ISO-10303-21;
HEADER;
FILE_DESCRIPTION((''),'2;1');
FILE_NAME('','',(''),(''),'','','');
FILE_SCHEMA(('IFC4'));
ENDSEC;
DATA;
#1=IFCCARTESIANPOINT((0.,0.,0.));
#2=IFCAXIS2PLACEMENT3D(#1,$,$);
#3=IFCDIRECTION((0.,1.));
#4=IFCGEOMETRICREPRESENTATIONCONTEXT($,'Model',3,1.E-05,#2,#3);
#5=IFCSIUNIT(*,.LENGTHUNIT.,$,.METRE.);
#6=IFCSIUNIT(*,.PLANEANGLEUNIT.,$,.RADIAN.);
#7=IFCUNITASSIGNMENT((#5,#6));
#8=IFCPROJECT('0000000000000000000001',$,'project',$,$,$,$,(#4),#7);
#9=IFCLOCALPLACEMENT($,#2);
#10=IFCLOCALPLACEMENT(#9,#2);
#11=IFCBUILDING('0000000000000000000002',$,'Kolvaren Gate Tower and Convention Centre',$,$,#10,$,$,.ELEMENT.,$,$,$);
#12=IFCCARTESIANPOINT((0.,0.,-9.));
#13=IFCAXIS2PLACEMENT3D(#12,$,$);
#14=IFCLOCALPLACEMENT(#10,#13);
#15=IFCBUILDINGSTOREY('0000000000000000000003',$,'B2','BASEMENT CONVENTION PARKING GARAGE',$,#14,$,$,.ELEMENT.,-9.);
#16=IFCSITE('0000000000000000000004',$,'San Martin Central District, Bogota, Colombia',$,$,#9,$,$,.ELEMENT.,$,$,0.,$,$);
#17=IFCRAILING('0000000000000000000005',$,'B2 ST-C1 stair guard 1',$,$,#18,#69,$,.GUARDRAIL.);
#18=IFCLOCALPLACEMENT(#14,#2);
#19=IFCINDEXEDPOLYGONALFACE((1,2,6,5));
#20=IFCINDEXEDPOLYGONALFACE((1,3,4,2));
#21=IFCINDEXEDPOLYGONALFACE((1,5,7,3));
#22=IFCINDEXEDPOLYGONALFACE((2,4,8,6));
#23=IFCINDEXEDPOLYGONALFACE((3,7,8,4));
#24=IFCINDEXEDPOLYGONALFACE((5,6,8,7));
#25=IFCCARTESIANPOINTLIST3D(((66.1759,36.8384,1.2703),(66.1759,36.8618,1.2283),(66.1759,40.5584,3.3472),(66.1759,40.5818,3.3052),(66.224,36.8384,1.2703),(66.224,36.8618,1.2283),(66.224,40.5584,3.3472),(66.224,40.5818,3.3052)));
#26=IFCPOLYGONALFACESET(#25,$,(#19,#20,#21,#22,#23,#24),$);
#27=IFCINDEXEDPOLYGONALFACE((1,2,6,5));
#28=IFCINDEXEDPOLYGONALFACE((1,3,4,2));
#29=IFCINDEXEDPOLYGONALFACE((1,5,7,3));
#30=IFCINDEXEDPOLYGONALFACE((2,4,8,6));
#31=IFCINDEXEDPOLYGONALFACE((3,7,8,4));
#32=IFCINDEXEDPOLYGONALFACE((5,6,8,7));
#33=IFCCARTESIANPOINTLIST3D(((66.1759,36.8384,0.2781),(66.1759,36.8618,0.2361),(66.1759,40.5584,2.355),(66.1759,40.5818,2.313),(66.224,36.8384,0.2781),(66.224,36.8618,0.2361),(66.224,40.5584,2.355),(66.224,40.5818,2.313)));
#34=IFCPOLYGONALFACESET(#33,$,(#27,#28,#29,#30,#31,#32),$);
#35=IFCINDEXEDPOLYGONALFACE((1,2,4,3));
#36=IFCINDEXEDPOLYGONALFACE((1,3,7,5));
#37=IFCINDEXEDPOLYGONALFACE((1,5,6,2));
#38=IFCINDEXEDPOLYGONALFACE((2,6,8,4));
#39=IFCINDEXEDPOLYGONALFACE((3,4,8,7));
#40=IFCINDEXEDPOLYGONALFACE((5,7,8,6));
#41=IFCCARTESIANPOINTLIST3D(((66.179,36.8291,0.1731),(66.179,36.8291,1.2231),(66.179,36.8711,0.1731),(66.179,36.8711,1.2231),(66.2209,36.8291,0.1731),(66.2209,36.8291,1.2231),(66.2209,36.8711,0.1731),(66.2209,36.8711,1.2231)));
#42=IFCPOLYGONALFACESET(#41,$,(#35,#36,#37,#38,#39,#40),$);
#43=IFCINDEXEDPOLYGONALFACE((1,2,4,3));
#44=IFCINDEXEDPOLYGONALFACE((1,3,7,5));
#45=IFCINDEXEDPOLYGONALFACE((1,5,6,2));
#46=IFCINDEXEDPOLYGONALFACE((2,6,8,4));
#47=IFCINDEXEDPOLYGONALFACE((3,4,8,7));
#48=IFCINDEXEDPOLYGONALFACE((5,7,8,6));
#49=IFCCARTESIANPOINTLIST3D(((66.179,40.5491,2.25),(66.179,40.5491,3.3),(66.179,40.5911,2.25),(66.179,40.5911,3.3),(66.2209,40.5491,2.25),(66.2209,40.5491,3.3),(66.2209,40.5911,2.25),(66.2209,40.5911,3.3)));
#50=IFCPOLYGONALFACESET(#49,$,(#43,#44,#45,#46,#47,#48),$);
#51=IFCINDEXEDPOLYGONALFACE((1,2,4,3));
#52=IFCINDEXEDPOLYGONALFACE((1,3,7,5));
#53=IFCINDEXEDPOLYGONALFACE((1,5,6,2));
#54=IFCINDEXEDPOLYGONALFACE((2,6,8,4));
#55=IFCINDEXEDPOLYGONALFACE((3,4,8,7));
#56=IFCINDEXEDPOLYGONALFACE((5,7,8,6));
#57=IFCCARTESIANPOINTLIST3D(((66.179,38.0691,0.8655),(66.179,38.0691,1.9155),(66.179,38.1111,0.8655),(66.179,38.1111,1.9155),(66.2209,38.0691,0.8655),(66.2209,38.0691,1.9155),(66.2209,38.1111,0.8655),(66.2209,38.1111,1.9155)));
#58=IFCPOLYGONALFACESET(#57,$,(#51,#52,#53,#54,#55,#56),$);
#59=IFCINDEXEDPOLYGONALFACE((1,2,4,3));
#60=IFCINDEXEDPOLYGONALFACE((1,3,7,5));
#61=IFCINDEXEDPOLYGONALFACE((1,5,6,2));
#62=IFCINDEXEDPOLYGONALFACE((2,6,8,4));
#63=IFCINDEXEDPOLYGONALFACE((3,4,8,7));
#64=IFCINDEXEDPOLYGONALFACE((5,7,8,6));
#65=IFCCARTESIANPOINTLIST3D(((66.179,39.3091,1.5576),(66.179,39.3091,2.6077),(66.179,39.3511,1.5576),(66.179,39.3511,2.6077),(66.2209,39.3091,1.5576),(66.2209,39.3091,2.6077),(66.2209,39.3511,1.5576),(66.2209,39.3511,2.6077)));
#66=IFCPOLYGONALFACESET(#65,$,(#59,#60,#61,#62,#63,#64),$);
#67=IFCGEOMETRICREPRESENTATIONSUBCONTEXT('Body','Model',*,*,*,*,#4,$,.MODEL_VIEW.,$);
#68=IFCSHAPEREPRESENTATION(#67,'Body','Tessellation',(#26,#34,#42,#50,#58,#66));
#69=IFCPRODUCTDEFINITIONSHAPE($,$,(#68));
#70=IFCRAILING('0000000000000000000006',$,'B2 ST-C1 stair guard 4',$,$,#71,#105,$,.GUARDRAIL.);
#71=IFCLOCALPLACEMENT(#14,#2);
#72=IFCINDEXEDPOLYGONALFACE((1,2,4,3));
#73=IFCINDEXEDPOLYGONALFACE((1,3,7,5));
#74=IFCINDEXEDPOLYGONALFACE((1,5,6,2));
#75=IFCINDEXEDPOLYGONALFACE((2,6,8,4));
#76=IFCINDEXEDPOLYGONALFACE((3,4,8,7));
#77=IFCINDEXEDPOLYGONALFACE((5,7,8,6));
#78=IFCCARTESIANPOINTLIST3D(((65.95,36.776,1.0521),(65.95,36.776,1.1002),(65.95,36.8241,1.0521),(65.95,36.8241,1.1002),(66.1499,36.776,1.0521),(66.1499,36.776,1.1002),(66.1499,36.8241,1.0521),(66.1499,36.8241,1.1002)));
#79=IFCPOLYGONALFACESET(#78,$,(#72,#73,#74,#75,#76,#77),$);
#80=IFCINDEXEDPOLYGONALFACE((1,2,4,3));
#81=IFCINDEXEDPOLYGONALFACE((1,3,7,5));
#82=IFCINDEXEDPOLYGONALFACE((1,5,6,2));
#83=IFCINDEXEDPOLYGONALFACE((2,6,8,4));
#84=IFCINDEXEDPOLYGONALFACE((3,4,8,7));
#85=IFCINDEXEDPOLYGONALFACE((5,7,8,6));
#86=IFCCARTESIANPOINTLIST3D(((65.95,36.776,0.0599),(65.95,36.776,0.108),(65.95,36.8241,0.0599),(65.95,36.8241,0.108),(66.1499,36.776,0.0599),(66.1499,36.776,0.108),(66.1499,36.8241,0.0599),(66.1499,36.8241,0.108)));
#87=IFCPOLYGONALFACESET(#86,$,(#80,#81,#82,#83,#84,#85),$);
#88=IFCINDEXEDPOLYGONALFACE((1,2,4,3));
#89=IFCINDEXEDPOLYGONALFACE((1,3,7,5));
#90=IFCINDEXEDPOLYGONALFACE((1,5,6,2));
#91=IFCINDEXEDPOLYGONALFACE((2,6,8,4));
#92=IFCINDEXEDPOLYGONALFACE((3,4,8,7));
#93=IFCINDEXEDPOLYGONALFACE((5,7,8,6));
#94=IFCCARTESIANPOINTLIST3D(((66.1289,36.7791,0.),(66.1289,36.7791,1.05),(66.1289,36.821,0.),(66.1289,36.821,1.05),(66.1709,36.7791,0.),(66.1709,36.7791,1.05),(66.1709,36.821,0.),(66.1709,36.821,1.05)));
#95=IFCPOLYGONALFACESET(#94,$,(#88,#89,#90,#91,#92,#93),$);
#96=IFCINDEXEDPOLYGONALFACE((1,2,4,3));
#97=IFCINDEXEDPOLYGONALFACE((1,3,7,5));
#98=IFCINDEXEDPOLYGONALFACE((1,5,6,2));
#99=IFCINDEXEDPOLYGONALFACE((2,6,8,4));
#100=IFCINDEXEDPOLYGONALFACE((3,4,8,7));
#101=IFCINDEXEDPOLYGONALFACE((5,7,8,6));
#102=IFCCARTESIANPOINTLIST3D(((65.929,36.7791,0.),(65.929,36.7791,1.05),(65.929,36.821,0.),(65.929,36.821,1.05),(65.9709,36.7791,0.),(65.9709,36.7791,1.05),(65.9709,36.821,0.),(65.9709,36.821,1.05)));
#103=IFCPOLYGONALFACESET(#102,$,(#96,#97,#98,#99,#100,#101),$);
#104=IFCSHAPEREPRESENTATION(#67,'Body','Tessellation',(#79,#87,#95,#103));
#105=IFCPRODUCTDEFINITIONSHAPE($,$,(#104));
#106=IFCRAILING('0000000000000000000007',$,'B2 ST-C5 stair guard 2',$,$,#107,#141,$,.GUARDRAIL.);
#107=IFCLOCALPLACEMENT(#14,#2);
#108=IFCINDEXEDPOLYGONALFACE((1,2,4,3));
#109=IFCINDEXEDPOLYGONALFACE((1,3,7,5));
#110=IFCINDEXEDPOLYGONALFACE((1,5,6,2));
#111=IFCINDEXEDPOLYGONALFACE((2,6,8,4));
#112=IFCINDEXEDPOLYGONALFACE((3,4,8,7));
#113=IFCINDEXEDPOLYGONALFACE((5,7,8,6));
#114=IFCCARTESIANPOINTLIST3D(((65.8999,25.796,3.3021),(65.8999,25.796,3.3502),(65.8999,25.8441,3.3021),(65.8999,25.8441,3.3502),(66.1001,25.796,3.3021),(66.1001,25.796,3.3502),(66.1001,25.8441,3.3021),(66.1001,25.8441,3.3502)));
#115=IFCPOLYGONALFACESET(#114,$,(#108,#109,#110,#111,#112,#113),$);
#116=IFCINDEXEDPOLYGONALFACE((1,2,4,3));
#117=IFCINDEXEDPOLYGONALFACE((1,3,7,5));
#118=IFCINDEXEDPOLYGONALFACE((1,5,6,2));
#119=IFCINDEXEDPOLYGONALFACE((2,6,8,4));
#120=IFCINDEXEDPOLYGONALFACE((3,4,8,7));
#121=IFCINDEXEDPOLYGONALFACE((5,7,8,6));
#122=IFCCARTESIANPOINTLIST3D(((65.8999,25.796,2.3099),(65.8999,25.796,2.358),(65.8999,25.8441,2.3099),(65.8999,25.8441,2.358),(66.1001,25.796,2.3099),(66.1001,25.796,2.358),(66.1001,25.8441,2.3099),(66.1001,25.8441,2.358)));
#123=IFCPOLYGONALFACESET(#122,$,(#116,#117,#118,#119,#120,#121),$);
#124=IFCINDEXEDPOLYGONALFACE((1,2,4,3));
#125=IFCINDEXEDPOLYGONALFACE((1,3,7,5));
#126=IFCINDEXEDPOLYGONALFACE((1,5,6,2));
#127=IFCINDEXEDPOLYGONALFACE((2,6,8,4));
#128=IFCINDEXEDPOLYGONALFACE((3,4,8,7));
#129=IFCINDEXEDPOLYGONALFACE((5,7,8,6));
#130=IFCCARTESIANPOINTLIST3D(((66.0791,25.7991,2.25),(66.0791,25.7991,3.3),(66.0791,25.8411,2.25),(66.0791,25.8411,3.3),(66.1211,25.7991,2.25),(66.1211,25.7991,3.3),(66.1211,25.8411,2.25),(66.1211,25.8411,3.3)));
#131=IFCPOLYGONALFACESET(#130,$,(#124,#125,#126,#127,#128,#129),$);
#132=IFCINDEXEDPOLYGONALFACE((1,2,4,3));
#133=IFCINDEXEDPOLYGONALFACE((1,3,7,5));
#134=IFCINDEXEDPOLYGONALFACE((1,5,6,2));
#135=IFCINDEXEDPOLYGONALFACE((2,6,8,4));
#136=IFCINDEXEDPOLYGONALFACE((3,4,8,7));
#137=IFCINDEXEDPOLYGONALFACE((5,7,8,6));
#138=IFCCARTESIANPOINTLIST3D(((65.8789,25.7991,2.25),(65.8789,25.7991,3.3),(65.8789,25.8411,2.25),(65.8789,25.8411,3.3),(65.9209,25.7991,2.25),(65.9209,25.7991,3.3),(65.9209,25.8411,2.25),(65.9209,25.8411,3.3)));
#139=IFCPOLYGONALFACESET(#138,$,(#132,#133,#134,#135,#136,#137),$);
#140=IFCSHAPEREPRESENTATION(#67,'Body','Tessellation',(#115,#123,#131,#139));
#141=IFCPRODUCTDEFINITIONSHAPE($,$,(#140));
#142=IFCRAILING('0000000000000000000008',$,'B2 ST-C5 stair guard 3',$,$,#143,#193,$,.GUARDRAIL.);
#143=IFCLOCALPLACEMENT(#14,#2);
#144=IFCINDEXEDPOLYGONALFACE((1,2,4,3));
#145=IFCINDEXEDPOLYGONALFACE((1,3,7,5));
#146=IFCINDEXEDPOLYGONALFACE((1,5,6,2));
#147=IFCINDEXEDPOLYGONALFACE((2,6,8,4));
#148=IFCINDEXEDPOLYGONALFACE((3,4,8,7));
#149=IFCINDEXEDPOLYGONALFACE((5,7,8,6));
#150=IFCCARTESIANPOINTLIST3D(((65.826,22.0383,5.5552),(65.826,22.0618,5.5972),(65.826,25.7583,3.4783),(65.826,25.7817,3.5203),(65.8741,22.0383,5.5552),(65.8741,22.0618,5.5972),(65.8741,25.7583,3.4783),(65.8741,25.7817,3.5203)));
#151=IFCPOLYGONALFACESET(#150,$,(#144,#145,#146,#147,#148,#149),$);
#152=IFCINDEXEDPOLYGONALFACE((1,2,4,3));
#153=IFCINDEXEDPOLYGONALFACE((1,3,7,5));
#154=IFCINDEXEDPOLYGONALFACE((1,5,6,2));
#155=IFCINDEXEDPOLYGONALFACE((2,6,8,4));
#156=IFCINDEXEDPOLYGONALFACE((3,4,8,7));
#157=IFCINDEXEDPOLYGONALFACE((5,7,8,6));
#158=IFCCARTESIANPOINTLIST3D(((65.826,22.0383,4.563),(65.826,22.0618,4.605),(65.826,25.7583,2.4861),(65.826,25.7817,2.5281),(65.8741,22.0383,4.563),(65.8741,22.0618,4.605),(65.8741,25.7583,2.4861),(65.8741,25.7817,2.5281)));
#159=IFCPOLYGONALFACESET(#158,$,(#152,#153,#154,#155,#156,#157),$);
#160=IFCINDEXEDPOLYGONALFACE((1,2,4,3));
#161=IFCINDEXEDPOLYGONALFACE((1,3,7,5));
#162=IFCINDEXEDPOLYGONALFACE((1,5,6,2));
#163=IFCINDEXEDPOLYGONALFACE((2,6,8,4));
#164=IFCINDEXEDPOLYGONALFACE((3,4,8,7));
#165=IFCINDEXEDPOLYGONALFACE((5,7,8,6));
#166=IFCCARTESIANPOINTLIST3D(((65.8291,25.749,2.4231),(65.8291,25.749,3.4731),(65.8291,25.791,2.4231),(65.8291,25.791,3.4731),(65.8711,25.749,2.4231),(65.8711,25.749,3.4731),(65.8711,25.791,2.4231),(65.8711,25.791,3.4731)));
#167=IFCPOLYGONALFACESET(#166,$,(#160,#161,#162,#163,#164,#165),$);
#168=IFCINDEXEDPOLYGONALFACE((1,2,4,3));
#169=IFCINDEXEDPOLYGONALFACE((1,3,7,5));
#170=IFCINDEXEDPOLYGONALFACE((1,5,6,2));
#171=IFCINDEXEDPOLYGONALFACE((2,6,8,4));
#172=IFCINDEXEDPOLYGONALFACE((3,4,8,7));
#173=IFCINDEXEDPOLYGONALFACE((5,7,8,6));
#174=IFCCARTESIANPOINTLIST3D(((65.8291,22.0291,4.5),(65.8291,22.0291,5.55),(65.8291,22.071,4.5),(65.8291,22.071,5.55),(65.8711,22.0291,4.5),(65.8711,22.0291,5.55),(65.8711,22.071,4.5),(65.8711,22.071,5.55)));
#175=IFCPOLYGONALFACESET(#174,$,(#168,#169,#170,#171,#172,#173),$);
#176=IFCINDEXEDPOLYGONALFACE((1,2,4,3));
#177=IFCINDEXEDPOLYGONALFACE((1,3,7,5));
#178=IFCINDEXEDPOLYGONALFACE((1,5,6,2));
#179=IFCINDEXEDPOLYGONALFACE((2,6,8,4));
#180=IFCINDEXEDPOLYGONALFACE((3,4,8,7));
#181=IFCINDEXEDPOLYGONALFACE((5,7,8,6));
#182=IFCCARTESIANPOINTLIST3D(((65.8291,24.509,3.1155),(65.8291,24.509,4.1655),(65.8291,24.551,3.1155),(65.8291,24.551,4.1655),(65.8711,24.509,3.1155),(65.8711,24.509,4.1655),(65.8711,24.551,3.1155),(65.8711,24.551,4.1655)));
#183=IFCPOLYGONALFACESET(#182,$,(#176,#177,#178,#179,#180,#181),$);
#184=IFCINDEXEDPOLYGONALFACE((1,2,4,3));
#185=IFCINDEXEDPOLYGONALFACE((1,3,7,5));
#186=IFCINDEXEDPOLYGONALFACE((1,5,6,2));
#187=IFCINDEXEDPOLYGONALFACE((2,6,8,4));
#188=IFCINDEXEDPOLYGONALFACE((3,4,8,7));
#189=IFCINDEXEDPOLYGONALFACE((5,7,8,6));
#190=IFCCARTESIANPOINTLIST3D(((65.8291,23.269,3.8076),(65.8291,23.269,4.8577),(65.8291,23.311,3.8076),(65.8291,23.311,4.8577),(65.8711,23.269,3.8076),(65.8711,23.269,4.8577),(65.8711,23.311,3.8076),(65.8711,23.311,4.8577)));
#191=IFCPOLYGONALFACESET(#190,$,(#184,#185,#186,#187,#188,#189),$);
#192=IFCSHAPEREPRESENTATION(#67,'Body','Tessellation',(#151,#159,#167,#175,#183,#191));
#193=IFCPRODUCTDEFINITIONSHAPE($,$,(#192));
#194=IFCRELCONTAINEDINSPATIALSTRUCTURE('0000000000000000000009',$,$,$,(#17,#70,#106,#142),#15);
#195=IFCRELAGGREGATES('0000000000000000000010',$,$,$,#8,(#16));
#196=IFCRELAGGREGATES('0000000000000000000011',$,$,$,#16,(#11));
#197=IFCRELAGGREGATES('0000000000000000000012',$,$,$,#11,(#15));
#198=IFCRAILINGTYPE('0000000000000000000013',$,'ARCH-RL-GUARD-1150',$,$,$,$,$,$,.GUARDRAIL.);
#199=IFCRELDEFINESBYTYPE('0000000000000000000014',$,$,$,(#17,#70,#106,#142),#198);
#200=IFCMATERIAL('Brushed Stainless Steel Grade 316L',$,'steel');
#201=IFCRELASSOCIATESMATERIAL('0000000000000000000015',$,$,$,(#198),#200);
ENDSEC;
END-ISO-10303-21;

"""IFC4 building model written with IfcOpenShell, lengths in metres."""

from ifc_helpers import new_model, si_unit, direction, frame, origin, origin_2d, place, context, subcontext, project, spatial, rectangle, extrude, material, type_object, element, save


model = new_model("IFC4")

# Units and contexts
model_context = context("Model", 3, precision=1e-05, world=origin(), true_north=direction((0.0, 1.0)))
body_context = subcontext(model_context, "Body", "Model", "MODEL_VIEW")
ifc_project = project(units=[si_unit("LENGTHUNIT", "METRE"), si_unit("PLANEANGLEUNIT", "RADIAN")], contexts=[model_context])

# Site, building, storey
site_placement = place(None, origin())
site = spatial("IfcSite", under=ifc_project, at=site_placement, Name="San Martin Central District, Bogota, Colombia", CompositionType="ELEMENT", RefElevation=0.0)
building_placement = place(site_placement, origin())
building = spatial("IfcBuilding", under=site, at=building_placement, Name="Kolvaren Gate Tower and Convention Centre", CompositionType="ELEMENT")
storey_placement = place(building_placement, frame((0.0, 0.0, -9.0)))
storey = spatial("IfcBuildingStorey", under=building, at=storey_placement, Name="B2", Description="BASEMENT CONVENTION PARKING GARAGE", CompositionType="ELEMENT", Elevation=-9.0)

# Railings
ifc_material_1 = material(Name="Brushed Stainless Steel Grade 316L", Category="steel")
railing_type_1 = type_object("IfcRailingType", Name="ARCH-RL-GUARD-1150", PredefinedType="GUARDRAIL", material=ifc_material_1)
railing_1_placement = place(storey_placement, frame((66.2, 36.8501, 0.1731)))
element("IfcRailing", 1, at=railing_1_placement, inside=storey, type_object=railing_type_1, Name="B2 ST-C1 stair guard 1", PredefinedType="GUARDRAIL", context=body_context, shape_type="SweptSolid", body=[
    extrude(rectangle(XDim=0.0481, YDim=0.0481, at=origin_2d()), frame((0.0, 0.0, 1.0762), z_axis=(0.0, 0.873134, 0.487481), x_axis=(-1.0, 0.0, 0.0)), (0.0, 0.0, 1.0), 4.2605),
    extrude(rectangle(XDim=0.0481, YDim=0.0481, at=origin_2d()), frame((0.0, 0.0, 0.084), z_axis=(0.0, 0.873134, 0.487481), x_axis=(-1.0, 0.0, 0.0)), (0.0, 0.0, 1.0), 4.2605),
    extrude(rectangle(XDim=0.042, YDim=0.042, at=origin_2d()), origin(), (0.0, 0.0, 1.0), 1.05),
    extrude(rectangle(XDim=0.042, YDim=0.042, at=origin_2d()), frame((0.0, 3.72, 2.0769)), (0.0, 0.0, 1.0), 1.05),
    extrude(rectangle(XDim=0.042, YDim=0.042, at=origin_2d()), frame((0.0, 1.24, 0.6924)), (0.0, 0.0, 1.0), 1.05),
    extrude(rectangle(XDim=0.042, YDim=0.042, at=origin_2d()), frame((0.0, 2.48, 1.3845)), (0.0, 0.0, 1.0), 1.05),
])
railing_2_placement = place(storey_placement, frame((66.1499, 36.8, 0.0)))
element("IfcRailing", 2, at=railing_2_placement, inside=storey, type_object=railing_type_1, Name="B2 ST-C1 stair guard 4", PredefinedType="GUARDRAIL", context=body_context, shape_type="SweptSolid", body=[
    extrude(rectangle(XDim=0.0481, YDim=0.0481, at=origin_2d()), frame((0.0, 0.0, 1.0762), z_axis=(-1.0, 0.0, 0.0), x_axis=(0.0, -1.0, 0.0)), (0.0, 0.0, 1.0), 0.2),
    extrude(rectangle(XDim=0.0481, YDim=0.0481, at=origin_2d()), frame((0.0, 0.0, 0.084), z_axis=(-1.0, 0.0, 0.0), x_axis=(0.0, -1.0, 0.0)), (0.0, 0.0, 1.0), 0.2),
    extrude(rectangle(XDim=0.042, YDim=0.042, at=origin_2d()), origin(), (0.0, 0.0, 1.0), 1.05),
    extrude(rectangle(XDim=0.042, YDim=0.042, at=origin_2d()), frame((-0.2, 0.0, 0.0)), (0.0, 0.0, 1.0), 1.05),
])
railing_3_placement = place(storey_placement, frame((66.1001, 25.8201, 2.25)))
element("IfcRailing", 3, at=railing_3_placement, inside=storey, type_object=railing_type_1, Name="B2 ST-C5 stair guard 2", PredefinedType="GUARDRAIL", context=body_context, shape_type="SweptSolid", body=[
    extrude(rectangle(XDim=0.0481, YDim=0.0481, at=origin_2d()), frame((0.0, 0.0, 1.0762), z_axis=(-1.0, 0.0, 0.0), x_axis=(0.0, -1.0, 0.0)), (0.0, 0.0, 1.0), 0.2002),
    extrude(rectangle(XDim=0.0481, YDim=0.0481, at=origin_2d()), frame((0.0, 0.0, 0.084), z_axis=(-1.0, 0.0, 0.0), x_axis=(0.0, -1.0, 0.0)), (0.0, 0.0, 1.0), 0.2002),
    extrude(rectangle(XDim=0.042, YDim=0.042, at=origin_2d()), origin(), (0.0, 0.0, 1.0), 1.05),
    extrude(rectangle(XDim=0.042, YDim=0.042, at=origin_2d()), frame((-0.2002, 0.0, 0.0)), (0.0, 0.0, 1.0), 1.05),
])
railing_4_placement = place(storey_placement, frame((65.8501, 25.77, 2.4231)))
element("IfcRailing", 4, at=railing_4_placement, inside=storey, type_object=railing_type_1, Name="B2 ST-C5 stair guard 3", PredefinedType="GUARDRAIL", context=body_context, shape_type="SweptSolid", body=[
    extrude(rectangle(XDim=0.0481, YDim=0.0481, at=origin_2d()), frame((0.0, 0.0, 1.0762), z_axis=(0.0, -0.873134, 0.487481), x_axis=(1.0, 0.0, 0.0)), (0.0, 0.0, 1.0), 4.2605),
    extrude(rectangle(XDim=0.0481, YDim=0.0481, at=origin_2d()), frame((0.0, 0.0, 0.084), z_axis=(0.0, -0.873134, 0.487481), x_axis=(1.0, 0.0, 0.0)), (0.0, 0.0, 1.0), 4.2605),
    extrude(rectangle(XDim=0.042, YDim=0.042, at=origin_2d()), origin(), (0.0, 0.0, 1.0), 1.05),
    extrude(rectangle(XDim=0.042, YDim=0.042, at=origin_2d()), frame((0.0, -3.72, 2.0769)), (0.0, 0.0, 1.0), 1.05),
    extrude(rectangle(XDim=0.042, YDim=0.042, at=origin_2d()), frame((0.0, -1.24, 0.6924)), (0.0, 0.0, 1.0), 1.05),
    extrude(rectangle(XDim=0.042, YDim=0.042, at=origin_2d()), frame((0.0, -2.48, 1.3845)), (0.0, 0.0, 1.0), 1.05),
])

save(model, "model.ifc")
